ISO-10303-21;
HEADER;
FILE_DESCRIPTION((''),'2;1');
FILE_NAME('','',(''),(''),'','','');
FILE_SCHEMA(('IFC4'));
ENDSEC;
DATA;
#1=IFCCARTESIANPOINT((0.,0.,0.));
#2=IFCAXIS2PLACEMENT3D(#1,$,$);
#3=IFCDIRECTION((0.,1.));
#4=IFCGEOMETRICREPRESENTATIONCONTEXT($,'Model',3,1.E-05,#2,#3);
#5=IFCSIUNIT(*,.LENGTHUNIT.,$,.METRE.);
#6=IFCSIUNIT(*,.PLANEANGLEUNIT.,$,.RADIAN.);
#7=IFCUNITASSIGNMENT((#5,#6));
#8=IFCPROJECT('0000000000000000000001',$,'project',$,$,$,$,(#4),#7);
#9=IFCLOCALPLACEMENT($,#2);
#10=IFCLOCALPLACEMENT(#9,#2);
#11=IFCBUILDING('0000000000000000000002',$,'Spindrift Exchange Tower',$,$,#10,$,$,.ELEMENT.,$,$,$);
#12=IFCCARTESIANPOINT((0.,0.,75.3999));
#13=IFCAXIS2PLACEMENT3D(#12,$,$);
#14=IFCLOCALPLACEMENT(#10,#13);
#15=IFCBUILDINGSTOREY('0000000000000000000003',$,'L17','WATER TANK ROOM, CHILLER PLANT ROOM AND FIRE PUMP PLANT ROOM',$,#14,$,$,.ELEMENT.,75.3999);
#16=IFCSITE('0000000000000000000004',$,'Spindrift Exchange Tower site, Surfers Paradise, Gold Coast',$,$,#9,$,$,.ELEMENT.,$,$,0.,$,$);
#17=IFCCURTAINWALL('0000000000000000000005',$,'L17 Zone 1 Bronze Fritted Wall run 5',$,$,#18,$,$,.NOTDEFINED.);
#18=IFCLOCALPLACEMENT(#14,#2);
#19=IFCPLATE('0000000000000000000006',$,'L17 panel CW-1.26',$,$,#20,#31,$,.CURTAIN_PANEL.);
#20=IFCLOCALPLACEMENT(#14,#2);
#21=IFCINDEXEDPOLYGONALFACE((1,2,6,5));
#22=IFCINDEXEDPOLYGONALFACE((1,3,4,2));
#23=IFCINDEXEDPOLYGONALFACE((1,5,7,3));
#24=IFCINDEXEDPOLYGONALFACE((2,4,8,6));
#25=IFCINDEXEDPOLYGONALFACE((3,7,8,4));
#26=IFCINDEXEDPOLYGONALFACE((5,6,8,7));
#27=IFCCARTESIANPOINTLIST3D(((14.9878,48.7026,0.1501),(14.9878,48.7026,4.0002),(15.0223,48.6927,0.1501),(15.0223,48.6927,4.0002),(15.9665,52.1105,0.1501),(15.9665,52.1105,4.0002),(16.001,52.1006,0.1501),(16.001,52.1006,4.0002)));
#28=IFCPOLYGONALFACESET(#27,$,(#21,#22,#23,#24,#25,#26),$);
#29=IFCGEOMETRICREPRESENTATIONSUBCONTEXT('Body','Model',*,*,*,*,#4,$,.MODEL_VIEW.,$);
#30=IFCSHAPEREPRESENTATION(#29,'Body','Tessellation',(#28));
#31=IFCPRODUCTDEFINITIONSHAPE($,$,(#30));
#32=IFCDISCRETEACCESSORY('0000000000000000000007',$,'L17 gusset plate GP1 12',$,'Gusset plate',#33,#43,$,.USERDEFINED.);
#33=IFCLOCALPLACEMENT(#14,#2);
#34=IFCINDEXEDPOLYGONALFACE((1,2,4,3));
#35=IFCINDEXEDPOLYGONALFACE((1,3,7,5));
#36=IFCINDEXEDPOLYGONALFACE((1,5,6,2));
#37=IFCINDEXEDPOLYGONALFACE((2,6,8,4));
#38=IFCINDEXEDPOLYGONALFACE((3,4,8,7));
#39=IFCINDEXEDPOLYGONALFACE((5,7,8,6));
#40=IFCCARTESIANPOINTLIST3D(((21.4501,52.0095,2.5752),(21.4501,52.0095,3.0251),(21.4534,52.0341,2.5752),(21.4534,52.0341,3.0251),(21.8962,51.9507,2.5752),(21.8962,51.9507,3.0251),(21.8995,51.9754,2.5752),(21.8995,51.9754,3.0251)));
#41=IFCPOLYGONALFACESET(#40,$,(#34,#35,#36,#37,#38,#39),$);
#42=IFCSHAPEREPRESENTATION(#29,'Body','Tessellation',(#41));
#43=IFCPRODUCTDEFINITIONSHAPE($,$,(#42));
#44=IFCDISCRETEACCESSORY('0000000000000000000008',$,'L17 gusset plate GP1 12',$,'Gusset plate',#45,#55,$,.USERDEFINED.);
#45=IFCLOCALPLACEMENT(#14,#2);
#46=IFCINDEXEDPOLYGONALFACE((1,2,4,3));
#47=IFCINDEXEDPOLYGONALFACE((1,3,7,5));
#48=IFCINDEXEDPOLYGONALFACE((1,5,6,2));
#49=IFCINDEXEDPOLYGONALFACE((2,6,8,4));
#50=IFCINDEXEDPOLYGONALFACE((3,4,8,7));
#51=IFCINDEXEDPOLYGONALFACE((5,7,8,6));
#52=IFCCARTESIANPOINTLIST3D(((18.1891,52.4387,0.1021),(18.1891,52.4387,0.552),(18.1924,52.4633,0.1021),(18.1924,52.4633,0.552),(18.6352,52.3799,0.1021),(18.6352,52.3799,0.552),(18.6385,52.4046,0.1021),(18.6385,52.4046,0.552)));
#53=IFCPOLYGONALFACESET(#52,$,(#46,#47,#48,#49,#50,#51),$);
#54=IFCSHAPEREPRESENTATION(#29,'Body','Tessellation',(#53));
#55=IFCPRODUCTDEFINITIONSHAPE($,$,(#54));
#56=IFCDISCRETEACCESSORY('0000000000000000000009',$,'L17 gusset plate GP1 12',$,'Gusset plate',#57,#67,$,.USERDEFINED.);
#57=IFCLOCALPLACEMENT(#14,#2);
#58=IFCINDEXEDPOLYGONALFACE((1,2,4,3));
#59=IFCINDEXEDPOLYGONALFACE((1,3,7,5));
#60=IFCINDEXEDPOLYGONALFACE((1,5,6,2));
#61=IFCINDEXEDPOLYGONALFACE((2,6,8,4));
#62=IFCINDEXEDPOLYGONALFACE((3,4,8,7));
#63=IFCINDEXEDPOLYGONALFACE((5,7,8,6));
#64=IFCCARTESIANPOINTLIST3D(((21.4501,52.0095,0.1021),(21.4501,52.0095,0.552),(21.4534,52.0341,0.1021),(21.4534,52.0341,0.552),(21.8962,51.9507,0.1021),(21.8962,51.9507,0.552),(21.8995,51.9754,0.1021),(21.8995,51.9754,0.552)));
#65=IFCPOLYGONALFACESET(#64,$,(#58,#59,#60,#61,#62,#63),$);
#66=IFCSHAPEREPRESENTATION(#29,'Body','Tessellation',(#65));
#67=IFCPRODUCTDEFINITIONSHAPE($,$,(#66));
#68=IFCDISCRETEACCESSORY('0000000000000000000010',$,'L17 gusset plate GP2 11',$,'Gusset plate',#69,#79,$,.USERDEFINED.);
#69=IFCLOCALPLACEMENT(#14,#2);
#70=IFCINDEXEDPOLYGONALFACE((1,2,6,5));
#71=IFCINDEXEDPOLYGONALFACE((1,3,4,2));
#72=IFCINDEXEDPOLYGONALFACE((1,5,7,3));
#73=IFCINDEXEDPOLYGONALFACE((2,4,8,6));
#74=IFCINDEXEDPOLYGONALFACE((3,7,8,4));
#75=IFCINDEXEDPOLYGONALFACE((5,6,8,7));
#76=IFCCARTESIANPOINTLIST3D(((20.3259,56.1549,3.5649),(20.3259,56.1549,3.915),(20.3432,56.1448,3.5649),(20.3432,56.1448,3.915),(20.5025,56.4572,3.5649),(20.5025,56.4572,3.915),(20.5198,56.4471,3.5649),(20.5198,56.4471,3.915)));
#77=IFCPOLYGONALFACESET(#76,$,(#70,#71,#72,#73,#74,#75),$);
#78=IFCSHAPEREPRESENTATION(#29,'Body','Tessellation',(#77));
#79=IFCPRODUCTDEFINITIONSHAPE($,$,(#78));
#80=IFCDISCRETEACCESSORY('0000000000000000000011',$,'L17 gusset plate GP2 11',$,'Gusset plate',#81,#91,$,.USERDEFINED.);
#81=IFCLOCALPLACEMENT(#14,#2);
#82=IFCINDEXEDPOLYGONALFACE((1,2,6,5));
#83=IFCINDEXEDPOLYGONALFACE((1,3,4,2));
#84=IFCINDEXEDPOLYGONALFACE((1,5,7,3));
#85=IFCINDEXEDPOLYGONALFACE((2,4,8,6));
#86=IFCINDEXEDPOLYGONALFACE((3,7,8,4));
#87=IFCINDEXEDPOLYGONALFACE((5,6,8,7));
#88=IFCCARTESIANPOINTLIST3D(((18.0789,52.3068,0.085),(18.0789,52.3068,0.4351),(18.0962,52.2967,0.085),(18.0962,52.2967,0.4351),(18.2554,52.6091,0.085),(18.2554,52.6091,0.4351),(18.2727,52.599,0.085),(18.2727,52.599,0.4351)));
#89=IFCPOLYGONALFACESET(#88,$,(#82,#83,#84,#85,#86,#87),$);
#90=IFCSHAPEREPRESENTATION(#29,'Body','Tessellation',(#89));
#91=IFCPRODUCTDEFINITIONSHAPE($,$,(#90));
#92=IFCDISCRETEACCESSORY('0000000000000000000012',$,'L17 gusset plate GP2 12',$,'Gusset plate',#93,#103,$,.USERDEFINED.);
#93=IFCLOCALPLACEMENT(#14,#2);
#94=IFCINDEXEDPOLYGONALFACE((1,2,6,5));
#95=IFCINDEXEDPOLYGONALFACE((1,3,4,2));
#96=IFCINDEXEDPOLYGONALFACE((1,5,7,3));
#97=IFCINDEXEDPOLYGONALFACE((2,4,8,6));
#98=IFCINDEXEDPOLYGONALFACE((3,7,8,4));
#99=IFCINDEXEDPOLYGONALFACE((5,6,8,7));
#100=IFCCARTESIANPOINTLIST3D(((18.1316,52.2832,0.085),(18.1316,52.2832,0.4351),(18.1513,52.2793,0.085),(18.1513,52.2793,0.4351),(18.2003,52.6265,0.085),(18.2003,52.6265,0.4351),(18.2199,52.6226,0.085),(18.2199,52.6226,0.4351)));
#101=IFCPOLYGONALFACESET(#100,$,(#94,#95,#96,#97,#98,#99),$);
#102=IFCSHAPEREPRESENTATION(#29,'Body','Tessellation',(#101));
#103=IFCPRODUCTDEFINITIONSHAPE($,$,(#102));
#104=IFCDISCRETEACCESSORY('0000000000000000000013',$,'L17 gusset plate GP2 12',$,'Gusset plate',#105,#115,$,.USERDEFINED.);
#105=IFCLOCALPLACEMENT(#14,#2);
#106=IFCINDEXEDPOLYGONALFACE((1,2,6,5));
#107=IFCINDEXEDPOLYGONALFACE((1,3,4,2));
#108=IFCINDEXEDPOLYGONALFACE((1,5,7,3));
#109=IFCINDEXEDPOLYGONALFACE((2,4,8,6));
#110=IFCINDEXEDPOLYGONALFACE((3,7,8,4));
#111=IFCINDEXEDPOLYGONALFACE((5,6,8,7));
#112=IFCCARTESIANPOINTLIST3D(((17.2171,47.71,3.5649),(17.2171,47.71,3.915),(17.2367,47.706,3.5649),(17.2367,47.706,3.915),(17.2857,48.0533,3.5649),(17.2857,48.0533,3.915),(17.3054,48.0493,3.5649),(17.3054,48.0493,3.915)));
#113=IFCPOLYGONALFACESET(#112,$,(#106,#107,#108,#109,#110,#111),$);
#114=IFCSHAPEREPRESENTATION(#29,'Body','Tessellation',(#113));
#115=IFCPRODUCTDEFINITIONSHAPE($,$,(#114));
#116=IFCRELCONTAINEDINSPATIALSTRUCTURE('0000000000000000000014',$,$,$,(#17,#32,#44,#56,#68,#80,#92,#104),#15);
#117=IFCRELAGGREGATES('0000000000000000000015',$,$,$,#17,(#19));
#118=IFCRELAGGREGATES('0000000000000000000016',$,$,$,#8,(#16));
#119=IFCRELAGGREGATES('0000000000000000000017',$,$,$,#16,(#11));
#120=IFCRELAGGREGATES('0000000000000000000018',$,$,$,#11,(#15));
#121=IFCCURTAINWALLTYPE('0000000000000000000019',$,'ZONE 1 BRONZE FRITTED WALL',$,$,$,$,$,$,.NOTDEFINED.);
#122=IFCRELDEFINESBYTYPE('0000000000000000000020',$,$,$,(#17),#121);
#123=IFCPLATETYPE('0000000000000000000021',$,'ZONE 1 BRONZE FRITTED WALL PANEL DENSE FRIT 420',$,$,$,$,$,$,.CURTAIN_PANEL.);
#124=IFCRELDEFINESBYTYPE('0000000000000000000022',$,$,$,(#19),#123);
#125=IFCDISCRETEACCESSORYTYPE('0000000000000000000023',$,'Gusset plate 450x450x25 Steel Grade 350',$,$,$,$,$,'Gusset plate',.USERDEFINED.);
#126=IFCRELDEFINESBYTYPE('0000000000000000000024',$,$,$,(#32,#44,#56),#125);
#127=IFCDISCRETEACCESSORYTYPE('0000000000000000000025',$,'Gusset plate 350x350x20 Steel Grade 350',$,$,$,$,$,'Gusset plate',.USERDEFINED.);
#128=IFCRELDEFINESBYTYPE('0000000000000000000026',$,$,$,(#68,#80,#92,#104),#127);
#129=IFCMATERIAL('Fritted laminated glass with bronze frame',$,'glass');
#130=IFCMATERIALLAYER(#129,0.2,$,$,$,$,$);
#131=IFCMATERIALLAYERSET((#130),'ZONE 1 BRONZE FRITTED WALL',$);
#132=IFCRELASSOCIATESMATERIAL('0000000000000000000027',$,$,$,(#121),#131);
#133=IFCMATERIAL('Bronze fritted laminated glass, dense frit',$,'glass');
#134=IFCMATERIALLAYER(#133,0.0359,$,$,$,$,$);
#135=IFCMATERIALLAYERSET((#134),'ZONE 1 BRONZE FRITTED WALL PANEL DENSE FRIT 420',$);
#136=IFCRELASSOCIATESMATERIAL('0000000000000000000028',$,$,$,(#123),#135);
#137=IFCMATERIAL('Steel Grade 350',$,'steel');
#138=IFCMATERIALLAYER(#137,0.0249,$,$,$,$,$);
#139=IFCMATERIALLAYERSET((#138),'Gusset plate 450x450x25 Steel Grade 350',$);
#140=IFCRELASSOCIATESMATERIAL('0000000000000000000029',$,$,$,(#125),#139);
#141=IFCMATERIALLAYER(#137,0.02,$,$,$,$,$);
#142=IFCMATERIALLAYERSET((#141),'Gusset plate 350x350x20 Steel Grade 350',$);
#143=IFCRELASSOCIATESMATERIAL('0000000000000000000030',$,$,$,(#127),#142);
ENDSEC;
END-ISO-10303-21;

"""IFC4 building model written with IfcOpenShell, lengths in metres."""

from ifc_helpers import new_model, si_unit, direction, frame, origin, origin_2d, place, context, subcontext, project, spatial, rectangle, extrude, source, transform, mapped, material, layer, layer_set, type_object, element, aggregate, save


model = new_model("IFC4")

# Units and contexts
model_context = context("Model", 3, precision=1e-05, world=origin(), true_north=direction((0.0, 1.0)))
body_context = subcontext(model_context, "Body", "Model", "MODEL_VIEW")
ifc_project = project(units=[si_unit("LENGTHUNIT", "METRE"), si_unit("PLANEANGLEUNIT", "RADIAN")], contexts=[model_context])

# Site, building, storey
site_placement = place(None, origin())
site = spatial("IfcSite", under=ifc_project, at=site_placement, Name="Spindrift Exchange Tower site, Surfers Paradise, Gold Coast", CompositionType="ELEMENT", RefElevation=0.0)
building_placement = place(site_placement, origin())
building = spatial("IfcBuilding", under=site, at=building_placement, Name="Spindrift Exchange Tower", CompositionType="ELEMENT")
storey_placement = place(building_placement, frame((0.0, 0.0, 75.3999)))
storey = spatial("IfcBuildingStorey", under=building, at=storey_placement, Name="L17", Description="WATER TANK ROOM, CHILLER PLANT ROOM AND FIRE PUMP PLANT ROOM", CompositionType="ELEMENT", Elevation=75.3999)

# Shared definitions
ifc_material_1 = material(Name="Steel Grade 350", Category="steel")

# Curtain wall
ifc_material_2 = material(Name="Fritted laminated glass with bronze frame", Category="glass")
ifc_layer_1 = layer(ifc_material_2, 0.2)
ifc_layer_set_1 = layer_set([ifc_layer_1], Name="ZONE 1 BRONZE FRITTED WALL")
curtain_wall_type = type_object("IfcCurtainWallType", Name="ZONE 1 BRONZE FRITTED WALL", PredefinedType="NOTDEFINED", material=ifc_layer_set_1)
curtain_wall_1_placement = place(storey_placement, origin())
curtain_wall_1 = element("IfcCurtainWall", 1, at=curtain_wall_1_placement, inside=storey, type_object=curtain_wall_type, Name="L17 Zone 1 Bronze Fritted Wall run 5", PredefinedType="NOTDEFINED")

# Plate
ifc_material_3 = material(Name="Bronze fritted laminated glass, dense frit", Category="glass")
ifc_layer_2 = layer(ifc_material_3, 0.0359)
ifc_layer_set_2 = layer_set([ifc_layer_2], Name="ZONE 1 BRONZE FRITTED WALL PANEL DENSE FRIT 420")
plate_type_1 = type_object("IfcPlateType", Name="ZONE 1 BRONZE FRITTED WALL PANEL DENSE FRIT 420", PredefinedType="CURTAIN_PANEL", material=ifc_layer_set_2)
shared_shape_1 = source(origin(), body_context, "Body", "SweptSolid", [
    extrude(rectangle(XDim=3.5457, YDim=0.0359, at=origin_2d()), origin(), (0.0, 0.0, 1.0), 3.8501),
])
plate_1_placement = place(storey_placement, frame((15.4944, 50.4016, 0.1501), z_axis=(0.0, 0.0, 1.0), x_axis=(-0.276032, -0.961149, 0.0)))
plate_1 = element("IfcPlate", 2, at=plate_1_placement, type_object=plate_type_1, Name="L17 panel CW-1.26", PredefinedType="CURTAIN_PANEL", context=body_context, shape_type="MappedRepresentation", body=[
    mapped(shared_shape_1, transform((0.0, 0.0, 0.0), scale=1.0)),
])
aggregate(curtain_wall_1, [plate_1])

# Discrete accessories
ifc_layer_3 = layer(ifc_material_1, 0.0249)
ifc_layer_set_3 = layer_set([ifc_layer_3], Name="Gusset plate 450x450x25 Steel Grade 350")
discrete_accessory_type_1 = type_object("IfcDiscreteAccessoryType", Name="Gusset plate 450x450x25 Steel Grade 350", ElementType="Gusset plate", PredefinedType="USERDEFINED", material=ifc_layer_set_3)
shared_shape_2 = source(origin(), body_context, "Body", "SweptSolid", [
    extrude(rectangle(XDim=0.45, YDim=0.0249, at=origin_2d()), origin(), (0.0, 0.0, 1.0), 0.45),
])
for number, where, z_axis, x_axis, name in (
    (3, (21.6748, 51.9924, 2.5752), (0.0, 0.0, 1.0), (-0.991445, 0.130528, 0.0), "L17 gusset plate GP1 12"),
    (4, (18.4138, 52.4216, 0.1021), (0.0, 0.0, 1.0), (-0.991445, 0.130524, 0.0), "L17 gusset plate GP1 12"),
    (5, (21.6748, 51.9924, 0.1021), (0.0, 0.0, 1.0), (-0.991445, 0.130526, 0.0), "L17 gusset plate GP1 12"),
):
    element("IfcDiscreteAccessory", number, at=place(storey_placement, frame(where, z_axis=z_axis, x_axis=x_axis)), inside=storey, type_object=discrete_accessory_type_1, Name=name, ObjectType="Gusset plate", PredefinedType="USERDEFINED", context=body_context, shape_type="MappedRepresentation", body=[
        mapped(shared_shape_2, transform((0.0, 0.0, 0.0), scale=1.0)),
    ])
ifc_layer_4 = layer(ifc_material_1, 0.02)
ifc_layer_set_4 = layer_set([ifc_layer_4], Name="Gusset plate 350x350x20 Steel Grade 350")
discrete_accessory_type_2 = type_object("IfcDiscreteAccessoryType", Name="Gusset plate 350x350x20 Steel Grade 350", ElementType="Gusset plate", PredefinedType="USERDEFINED", material=ifc_layer_set_4)
shared_shape_3 = source(origin(), body_context, "Body", "SweptSolid", [
    extrude(rectangle(XDim=0.3501, YDim=0.02, at=origin_2d()), origin(), (0.0, 0.0, 1.0), 0.3501),
])
for number, where, z_axis, x_axis, name in (
    (6, (20.4229, 56.301, 3.5649), (0.0, 0.0, 1.0), (-0.504228, -0.863571, 0.0), "L17 gusset plate GP2 11"),
    (7, (18.1758, 52.4529, 0.085), (0.0, 0.0, 1.0), (-0.504235, -0.863566, 0.0), "L17 gusset plate GP2 11"),
    (8, (18.1758, 52.4529, 0.085), (0.0, 0.0, 1.0), (-0.1961, -0.980584, 0.0), "L17 gusset plate GP2 12"),
    (9, (17.2612, 47.8796, 3.5649), (0.0, 0.0, 1.0), (-0.1961, -0.980584, 0.0), "L17 gusset plate GP2 12"),
):
    element("IfcDiscreteAccessory", number, at=place(storey_placement, frame(where, z_axis=z_axis, x_axis=x_axis)), inside=storey, type_object=discrete_accessory_type_2, Name=name, ObjectType="Gusset plate", PredefinedType="USERDEFINED", context=body_context, shape_type="MappedRepresentation", body=[
        mapped(shared_shape_3, transform((0.0, 0.0, 0.0), scale=1.0)),
    ])

save(model, "model.ifc")
